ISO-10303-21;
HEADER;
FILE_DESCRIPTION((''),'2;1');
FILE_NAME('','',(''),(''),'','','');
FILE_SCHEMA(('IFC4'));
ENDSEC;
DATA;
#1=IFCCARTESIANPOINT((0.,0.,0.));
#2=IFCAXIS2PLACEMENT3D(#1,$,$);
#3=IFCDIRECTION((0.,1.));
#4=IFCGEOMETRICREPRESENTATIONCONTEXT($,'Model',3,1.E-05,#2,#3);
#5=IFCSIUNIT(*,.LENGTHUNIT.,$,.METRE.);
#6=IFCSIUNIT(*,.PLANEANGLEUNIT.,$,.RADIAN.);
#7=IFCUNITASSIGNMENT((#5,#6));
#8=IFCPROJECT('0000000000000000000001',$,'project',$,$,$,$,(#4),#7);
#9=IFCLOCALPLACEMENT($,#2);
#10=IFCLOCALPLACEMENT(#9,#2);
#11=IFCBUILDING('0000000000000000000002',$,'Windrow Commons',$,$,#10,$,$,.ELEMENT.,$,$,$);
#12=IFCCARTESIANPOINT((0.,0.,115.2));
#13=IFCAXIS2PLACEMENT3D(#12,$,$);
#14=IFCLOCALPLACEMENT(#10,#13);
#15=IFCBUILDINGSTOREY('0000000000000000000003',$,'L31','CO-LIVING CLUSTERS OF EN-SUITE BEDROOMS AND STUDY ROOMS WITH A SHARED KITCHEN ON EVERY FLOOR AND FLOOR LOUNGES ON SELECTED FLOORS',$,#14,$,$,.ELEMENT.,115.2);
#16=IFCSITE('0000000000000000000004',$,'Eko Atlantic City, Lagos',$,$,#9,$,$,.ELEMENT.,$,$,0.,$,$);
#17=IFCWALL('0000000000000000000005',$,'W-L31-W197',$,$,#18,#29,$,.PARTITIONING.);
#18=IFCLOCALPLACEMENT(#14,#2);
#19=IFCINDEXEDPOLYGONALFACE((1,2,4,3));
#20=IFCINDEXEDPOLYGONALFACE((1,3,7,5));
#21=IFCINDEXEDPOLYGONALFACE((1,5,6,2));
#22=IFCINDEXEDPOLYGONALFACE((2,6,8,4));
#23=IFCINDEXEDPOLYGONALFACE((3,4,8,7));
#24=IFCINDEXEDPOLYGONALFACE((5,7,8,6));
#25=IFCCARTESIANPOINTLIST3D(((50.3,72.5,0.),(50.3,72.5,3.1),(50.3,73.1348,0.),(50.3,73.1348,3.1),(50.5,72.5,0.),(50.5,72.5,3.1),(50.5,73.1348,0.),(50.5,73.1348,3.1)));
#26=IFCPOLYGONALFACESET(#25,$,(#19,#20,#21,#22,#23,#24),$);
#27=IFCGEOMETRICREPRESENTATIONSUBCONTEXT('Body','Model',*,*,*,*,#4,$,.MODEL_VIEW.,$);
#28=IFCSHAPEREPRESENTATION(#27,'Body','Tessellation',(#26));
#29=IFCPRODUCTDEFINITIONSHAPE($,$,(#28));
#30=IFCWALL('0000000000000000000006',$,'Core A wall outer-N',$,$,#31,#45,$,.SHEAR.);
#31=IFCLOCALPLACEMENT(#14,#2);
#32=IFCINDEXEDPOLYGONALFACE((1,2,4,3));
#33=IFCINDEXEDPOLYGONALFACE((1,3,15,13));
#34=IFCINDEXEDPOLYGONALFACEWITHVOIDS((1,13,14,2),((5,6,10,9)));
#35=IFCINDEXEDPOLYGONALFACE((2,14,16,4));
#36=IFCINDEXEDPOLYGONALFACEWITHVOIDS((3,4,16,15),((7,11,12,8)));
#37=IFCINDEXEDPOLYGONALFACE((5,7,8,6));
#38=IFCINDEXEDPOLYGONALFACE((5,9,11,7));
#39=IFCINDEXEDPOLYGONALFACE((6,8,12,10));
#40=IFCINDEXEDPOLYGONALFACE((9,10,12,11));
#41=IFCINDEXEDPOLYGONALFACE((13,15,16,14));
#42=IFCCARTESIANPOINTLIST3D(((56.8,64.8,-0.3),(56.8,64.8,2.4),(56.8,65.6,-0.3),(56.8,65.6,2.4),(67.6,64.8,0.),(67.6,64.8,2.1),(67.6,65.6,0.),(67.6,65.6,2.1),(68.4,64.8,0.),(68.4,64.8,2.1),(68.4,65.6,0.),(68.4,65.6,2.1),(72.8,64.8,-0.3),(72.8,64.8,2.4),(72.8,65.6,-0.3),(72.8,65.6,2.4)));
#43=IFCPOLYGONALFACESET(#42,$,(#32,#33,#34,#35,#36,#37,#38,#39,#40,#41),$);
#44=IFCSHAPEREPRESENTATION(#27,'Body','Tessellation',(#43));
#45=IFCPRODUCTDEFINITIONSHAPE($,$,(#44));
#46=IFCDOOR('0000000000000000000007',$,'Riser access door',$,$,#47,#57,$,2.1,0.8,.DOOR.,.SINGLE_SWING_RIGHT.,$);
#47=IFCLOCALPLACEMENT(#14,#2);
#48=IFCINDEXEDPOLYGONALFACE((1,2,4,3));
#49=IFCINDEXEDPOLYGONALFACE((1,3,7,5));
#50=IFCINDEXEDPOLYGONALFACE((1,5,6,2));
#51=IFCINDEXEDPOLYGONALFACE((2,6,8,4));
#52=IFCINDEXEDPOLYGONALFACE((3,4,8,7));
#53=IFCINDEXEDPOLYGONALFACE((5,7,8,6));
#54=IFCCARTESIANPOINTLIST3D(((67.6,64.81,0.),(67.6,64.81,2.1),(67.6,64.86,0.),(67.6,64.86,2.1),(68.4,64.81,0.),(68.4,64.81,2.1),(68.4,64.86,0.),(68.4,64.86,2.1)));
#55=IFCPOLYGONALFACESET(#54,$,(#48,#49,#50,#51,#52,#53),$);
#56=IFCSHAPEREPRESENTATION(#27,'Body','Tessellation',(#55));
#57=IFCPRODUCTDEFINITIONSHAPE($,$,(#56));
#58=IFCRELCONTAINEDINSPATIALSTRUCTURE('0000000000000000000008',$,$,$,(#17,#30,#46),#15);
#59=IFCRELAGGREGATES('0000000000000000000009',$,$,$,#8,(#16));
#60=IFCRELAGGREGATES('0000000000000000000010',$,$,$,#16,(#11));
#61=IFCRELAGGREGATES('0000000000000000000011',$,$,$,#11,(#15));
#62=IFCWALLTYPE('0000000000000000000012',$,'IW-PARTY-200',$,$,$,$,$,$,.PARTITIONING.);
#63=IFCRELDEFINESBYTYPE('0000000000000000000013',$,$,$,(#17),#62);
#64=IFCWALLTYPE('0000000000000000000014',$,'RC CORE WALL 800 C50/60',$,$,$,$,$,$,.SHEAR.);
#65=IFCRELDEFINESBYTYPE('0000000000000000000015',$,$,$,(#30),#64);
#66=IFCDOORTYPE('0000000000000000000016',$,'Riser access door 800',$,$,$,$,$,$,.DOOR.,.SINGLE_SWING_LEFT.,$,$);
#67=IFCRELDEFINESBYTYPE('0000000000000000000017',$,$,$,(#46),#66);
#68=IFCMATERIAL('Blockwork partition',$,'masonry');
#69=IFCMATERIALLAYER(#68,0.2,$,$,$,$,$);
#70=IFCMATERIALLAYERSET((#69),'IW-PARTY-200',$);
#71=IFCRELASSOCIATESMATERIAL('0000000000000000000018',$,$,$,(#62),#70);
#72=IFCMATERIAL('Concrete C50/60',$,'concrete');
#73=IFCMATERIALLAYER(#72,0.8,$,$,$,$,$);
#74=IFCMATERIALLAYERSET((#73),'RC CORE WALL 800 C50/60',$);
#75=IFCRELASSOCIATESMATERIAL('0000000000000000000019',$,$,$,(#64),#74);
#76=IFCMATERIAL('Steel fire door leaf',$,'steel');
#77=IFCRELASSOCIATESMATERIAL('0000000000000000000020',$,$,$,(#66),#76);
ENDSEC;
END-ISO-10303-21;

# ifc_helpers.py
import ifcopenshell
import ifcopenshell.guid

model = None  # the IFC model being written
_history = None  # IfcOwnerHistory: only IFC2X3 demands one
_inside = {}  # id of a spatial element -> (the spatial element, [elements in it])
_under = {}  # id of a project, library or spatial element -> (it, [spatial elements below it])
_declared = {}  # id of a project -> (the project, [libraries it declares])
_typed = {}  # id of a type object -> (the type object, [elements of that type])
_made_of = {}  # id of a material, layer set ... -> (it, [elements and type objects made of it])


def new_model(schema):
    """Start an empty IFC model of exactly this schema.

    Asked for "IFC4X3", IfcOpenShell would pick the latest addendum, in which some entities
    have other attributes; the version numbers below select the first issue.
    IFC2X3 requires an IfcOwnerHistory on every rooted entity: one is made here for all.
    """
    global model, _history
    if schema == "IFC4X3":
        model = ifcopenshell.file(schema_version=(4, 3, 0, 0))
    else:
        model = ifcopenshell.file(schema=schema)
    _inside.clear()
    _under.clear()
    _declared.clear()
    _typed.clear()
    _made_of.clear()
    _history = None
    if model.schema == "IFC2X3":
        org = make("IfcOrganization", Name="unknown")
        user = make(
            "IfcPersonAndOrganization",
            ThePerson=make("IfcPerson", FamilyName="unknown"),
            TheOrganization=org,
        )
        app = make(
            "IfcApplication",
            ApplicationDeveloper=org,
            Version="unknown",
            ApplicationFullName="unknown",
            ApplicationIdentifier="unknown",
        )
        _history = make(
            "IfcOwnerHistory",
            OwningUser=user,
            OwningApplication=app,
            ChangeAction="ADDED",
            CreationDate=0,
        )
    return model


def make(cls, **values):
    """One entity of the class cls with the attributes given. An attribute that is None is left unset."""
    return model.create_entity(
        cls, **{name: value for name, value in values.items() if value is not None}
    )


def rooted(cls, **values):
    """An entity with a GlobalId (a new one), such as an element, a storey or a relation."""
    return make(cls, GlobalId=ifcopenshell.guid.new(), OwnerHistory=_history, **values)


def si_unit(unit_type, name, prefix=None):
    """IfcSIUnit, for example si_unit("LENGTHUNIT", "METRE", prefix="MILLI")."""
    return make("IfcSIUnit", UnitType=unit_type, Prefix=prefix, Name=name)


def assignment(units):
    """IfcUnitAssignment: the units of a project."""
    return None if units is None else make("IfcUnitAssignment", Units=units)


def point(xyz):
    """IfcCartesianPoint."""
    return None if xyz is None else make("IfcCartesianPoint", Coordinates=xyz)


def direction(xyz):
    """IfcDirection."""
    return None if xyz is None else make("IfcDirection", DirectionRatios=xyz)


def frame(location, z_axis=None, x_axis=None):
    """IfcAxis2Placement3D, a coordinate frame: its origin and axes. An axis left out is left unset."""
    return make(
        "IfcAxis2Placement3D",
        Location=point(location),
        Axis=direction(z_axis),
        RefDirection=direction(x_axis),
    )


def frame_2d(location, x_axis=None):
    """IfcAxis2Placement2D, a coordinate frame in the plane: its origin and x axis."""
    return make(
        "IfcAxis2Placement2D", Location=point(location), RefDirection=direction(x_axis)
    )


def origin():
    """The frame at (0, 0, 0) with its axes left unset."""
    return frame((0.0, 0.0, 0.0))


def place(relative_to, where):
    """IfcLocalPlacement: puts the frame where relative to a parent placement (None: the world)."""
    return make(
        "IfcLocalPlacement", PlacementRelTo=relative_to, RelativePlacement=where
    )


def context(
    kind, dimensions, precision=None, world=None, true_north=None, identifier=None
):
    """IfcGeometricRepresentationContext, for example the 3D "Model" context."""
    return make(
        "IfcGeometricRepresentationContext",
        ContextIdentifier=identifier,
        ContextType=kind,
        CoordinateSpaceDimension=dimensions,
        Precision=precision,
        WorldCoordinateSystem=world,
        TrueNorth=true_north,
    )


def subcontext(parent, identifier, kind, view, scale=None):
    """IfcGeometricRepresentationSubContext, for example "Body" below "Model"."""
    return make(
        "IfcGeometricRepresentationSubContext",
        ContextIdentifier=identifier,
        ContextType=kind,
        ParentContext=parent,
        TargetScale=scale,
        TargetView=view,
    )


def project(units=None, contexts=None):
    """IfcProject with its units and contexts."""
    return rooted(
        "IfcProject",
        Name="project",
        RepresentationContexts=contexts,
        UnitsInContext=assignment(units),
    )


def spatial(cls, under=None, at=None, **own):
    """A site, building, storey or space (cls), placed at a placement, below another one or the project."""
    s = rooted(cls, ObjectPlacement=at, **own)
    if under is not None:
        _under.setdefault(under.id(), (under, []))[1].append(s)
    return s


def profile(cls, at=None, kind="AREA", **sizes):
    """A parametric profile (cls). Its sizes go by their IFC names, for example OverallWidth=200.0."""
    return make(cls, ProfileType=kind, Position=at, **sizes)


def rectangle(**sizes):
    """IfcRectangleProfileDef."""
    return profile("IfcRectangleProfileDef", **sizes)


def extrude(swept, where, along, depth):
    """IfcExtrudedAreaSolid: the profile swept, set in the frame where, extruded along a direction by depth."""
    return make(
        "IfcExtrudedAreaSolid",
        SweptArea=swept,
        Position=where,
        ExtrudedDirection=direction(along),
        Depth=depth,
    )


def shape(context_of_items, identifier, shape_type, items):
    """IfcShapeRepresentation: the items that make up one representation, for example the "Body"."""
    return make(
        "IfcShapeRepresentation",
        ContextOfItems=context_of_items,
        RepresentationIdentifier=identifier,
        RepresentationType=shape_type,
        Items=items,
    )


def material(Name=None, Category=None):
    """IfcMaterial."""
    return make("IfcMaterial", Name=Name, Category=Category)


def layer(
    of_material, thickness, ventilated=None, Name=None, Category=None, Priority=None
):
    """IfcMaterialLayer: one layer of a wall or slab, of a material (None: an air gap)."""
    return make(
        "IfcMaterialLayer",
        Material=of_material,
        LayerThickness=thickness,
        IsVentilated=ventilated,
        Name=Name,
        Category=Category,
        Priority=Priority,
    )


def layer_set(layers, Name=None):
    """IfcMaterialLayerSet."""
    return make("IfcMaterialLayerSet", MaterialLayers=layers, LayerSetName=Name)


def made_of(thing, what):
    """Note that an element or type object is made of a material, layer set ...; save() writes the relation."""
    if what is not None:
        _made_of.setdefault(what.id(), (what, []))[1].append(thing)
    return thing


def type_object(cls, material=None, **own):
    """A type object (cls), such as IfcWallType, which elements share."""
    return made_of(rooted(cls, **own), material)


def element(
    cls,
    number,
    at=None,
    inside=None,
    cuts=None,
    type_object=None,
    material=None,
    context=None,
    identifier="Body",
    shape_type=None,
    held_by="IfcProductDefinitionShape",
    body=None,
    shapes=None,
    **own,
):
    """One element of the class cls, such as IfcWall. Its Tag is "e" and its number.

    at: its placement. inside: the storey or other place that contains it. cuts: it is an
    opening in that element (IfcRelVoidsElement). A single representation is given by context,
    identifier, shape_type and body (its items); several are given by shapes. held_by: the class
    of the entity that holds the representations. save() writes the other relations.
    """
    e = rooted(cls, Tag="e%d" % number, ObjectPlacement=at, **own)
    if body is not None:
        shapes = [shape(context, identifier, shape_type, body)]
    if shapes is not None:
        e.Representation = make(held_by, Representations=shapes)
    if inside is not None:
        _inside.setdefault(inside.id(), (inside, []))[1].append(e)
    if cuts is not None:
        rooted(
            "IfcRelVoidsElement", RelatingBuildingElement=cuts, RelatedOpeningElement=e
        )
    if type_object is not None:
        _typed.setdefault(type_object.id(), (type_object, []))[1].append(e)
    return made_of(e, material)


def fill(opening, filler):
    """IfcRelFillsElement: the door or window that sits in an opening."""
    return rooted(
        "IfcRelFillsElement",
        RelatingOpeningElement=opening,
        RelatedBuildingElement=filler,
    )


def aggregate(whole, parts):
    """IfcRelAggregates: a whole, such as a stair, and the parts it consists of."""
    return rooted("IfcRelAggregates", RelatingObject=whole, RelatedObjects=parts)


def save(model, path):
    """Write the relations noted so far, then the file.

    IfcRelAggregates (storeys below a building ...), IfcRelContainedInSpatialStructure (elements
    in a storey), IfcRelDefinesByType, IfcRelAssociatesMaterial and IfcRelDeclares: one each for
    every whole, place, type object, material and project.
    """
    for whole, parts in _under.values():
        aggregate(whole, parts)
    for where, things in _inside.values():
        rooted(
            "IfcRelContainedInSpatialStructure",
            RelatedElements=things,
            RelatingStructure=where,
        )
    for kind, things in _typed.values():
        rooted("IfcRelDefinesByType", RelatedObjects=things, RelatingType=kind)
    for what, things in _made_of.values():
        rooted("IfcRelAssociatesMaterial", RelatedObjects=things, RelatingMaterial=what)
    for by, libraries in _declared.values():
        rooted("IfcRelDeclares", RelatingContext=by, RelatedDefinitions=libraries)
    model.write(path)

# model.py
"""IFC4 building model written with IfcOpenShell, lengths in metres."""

from ifc_helpers import new_model, si_unit, direction, frame, frame_2d, origin, place, context, subcontext, project, spatial, rectangle, extrude, material, layer, layer_set, type_object, element, fill, save


model = new_model("IFC4")

# Units and contexts
model_context = context("Model", 3, precision=1e-05, world=origin(), true_north=direction((0.0, 1.0)))
body_context = subcontext(model_context, "Body", "Model", "MODEL_VIEW")
ifc_project = project(units=[si_unit("LENGTHUNIT", "METRE"), si_unit("PLANEANGLEUNIT", "RADIAN")], contexts=[model_context])

# Site, building, storey
site_placement = place(None, origin())
site = spatial("IfcSite", under=ifc_project, at=site_placement, Name="Eko Atlantic City, Lagos", CompositionType="ELEMENT", RefElevation=0.0)
building_placement = place(site_placement, origin())
building = spatial("IfcBuilding", under=site, at=building_placement, Name="Windrow Commons", CompositionType="ELEMENT")
storey_placement = place(building_placement, frame((0.0, 0.0, 115.2)))
storey = spatial("IfcBuildingStorey", under=building, at=storey_placement, Name="L31", Description="CO-LIVING CLUSTERS OF EN-SUITE BEDROOMS AND STUDY ROOMS WITH A SHARED KITCHEN ON EVERY FLOOR AND FLOOR LOUNGES ON SELECTED FLOORS", CompositionType="ELEMENT", Elevation=115.2)

# Wall
ifc_material_1 = material(Name="Blockwork partition", Category="masonry")
ifc_layer_1 = layer(ifc_material_1, 0.2)
ifc_layer_set_1 = layer_set([ifc_layer_1], Name="IW-PARTY-200")
wall_type_1 = type_object("IfcWallType", Name="IW-PARTY-200", PredefinedType="PARTITIONING", material=ifc_layer_set_1)
wall_1_placement = place(storey_placement, frame((50.4, 72.5, 0.0), z_axis=(0.0, 0.0, 1.0), x_axis=(0.0, 1.0, 0.0)))
element("IfcWall", 1, at=wall_1_placement, inside=storey, type_object=wall_type_1, Name="W-L31-W197", PredefinedType="PARTITIONING", context=body_context, shape_type="SweptSolid", body=[
    extrude(rectangle(XDim=0.6348, YDim=0.2, at=frame_2d((0.3174, 0.0))), origin(), (0.0, 0.0, 1.0), 3.1),
])

# Wall, opening, door
ifc_material_2 = material(Name="Concrete C50/60", Category="concrete")
ifc_layer_2 = layer(ifc_material_2, 0.8)
ifc_layer_set_2 = layer_set([ifc_layer_2], Name="RC CORE WALL 800 C50/60")
wall_type_2 = type_object("IfcWallType", Name="RC CORE WALL 800 C50/60", PredefinedType="SHEAR", material=ifc_layer_set_2)
wall_2_placement = place(storey_placement, frame((56.8, 65.2, -0.3), z_axis=(0.0, 0.0, 1.0), x_axis=(1.0, 0.0, 0.0)))
wall_2 = element("IfcWall", 2, at=wall_2_placement, inside=storey, type_object=wall_type_2, Name="Core A wall outer-N", PredefinedType="SHEAR", context=body_context, shape_type="SweptSolid", body=[
    extrude(rectangle(XDim=16.0, YDim=0.8, at=frame_2d((8.0, 0.0))), origin(), (0.0, 0.0, 1.0), 2.7),
])
opening_1_placement = place(wall_2_placement, frame((10.8, 0.0, 0.3)))
opening_1 = element("IfcOpeningElement", 3, at=opening_1_placement, cuts=wall_2, PredefinedType="OPENING", context=body_context, shape_type="SweptSolid", body=[
    extrude(rectangle(XDim=0.8, YDim=2.1, at=frame_2d((0.4, 1.05))), frame((0.0, 0.41, 0.0), z_axis=(0.0, -1.0, 0.0), x_axis=(1.0, 0.0, 0.0)), (0.0, 0.0, 1.0), 0.82),
])
ifc_material_3 = material(Name="Steel fire door leaf", Category="steel")
door_type_1 = type_object("IfcDoorType", Name="Riser access door 800", OperationType="SINGLE_SWING_LEFT", PredefinedType="DOOR", material=ifc_material_3)
door_1_placement = place(opening_1_placement, origin())
door_1 = element("IfcDoor", 4, at=door_1_placement, inside=storey, type_object=door_type_1, Name="Riser access door", OperationType="SINGLE_SWING_RIGHT", OverallHeight=2.1, OverallWidth=0.8, PredefinedType="DOOR", context=body_context, shape_type="SweptSolid", body=[
    extrude(rectangle(XDim=0.8, YDim=2.1, at=frame_2d((0.4, 1.05))), frame((0.0, -0.34, 0.0), z_axis=(0.0, -1.0, 0.0), x_axis=(1.0, 0.0, 0.0)), (0.0, 0.0, 1.0), 0.05),
])
fill(opening_1, door_1)

save(model, "model.ifc")
